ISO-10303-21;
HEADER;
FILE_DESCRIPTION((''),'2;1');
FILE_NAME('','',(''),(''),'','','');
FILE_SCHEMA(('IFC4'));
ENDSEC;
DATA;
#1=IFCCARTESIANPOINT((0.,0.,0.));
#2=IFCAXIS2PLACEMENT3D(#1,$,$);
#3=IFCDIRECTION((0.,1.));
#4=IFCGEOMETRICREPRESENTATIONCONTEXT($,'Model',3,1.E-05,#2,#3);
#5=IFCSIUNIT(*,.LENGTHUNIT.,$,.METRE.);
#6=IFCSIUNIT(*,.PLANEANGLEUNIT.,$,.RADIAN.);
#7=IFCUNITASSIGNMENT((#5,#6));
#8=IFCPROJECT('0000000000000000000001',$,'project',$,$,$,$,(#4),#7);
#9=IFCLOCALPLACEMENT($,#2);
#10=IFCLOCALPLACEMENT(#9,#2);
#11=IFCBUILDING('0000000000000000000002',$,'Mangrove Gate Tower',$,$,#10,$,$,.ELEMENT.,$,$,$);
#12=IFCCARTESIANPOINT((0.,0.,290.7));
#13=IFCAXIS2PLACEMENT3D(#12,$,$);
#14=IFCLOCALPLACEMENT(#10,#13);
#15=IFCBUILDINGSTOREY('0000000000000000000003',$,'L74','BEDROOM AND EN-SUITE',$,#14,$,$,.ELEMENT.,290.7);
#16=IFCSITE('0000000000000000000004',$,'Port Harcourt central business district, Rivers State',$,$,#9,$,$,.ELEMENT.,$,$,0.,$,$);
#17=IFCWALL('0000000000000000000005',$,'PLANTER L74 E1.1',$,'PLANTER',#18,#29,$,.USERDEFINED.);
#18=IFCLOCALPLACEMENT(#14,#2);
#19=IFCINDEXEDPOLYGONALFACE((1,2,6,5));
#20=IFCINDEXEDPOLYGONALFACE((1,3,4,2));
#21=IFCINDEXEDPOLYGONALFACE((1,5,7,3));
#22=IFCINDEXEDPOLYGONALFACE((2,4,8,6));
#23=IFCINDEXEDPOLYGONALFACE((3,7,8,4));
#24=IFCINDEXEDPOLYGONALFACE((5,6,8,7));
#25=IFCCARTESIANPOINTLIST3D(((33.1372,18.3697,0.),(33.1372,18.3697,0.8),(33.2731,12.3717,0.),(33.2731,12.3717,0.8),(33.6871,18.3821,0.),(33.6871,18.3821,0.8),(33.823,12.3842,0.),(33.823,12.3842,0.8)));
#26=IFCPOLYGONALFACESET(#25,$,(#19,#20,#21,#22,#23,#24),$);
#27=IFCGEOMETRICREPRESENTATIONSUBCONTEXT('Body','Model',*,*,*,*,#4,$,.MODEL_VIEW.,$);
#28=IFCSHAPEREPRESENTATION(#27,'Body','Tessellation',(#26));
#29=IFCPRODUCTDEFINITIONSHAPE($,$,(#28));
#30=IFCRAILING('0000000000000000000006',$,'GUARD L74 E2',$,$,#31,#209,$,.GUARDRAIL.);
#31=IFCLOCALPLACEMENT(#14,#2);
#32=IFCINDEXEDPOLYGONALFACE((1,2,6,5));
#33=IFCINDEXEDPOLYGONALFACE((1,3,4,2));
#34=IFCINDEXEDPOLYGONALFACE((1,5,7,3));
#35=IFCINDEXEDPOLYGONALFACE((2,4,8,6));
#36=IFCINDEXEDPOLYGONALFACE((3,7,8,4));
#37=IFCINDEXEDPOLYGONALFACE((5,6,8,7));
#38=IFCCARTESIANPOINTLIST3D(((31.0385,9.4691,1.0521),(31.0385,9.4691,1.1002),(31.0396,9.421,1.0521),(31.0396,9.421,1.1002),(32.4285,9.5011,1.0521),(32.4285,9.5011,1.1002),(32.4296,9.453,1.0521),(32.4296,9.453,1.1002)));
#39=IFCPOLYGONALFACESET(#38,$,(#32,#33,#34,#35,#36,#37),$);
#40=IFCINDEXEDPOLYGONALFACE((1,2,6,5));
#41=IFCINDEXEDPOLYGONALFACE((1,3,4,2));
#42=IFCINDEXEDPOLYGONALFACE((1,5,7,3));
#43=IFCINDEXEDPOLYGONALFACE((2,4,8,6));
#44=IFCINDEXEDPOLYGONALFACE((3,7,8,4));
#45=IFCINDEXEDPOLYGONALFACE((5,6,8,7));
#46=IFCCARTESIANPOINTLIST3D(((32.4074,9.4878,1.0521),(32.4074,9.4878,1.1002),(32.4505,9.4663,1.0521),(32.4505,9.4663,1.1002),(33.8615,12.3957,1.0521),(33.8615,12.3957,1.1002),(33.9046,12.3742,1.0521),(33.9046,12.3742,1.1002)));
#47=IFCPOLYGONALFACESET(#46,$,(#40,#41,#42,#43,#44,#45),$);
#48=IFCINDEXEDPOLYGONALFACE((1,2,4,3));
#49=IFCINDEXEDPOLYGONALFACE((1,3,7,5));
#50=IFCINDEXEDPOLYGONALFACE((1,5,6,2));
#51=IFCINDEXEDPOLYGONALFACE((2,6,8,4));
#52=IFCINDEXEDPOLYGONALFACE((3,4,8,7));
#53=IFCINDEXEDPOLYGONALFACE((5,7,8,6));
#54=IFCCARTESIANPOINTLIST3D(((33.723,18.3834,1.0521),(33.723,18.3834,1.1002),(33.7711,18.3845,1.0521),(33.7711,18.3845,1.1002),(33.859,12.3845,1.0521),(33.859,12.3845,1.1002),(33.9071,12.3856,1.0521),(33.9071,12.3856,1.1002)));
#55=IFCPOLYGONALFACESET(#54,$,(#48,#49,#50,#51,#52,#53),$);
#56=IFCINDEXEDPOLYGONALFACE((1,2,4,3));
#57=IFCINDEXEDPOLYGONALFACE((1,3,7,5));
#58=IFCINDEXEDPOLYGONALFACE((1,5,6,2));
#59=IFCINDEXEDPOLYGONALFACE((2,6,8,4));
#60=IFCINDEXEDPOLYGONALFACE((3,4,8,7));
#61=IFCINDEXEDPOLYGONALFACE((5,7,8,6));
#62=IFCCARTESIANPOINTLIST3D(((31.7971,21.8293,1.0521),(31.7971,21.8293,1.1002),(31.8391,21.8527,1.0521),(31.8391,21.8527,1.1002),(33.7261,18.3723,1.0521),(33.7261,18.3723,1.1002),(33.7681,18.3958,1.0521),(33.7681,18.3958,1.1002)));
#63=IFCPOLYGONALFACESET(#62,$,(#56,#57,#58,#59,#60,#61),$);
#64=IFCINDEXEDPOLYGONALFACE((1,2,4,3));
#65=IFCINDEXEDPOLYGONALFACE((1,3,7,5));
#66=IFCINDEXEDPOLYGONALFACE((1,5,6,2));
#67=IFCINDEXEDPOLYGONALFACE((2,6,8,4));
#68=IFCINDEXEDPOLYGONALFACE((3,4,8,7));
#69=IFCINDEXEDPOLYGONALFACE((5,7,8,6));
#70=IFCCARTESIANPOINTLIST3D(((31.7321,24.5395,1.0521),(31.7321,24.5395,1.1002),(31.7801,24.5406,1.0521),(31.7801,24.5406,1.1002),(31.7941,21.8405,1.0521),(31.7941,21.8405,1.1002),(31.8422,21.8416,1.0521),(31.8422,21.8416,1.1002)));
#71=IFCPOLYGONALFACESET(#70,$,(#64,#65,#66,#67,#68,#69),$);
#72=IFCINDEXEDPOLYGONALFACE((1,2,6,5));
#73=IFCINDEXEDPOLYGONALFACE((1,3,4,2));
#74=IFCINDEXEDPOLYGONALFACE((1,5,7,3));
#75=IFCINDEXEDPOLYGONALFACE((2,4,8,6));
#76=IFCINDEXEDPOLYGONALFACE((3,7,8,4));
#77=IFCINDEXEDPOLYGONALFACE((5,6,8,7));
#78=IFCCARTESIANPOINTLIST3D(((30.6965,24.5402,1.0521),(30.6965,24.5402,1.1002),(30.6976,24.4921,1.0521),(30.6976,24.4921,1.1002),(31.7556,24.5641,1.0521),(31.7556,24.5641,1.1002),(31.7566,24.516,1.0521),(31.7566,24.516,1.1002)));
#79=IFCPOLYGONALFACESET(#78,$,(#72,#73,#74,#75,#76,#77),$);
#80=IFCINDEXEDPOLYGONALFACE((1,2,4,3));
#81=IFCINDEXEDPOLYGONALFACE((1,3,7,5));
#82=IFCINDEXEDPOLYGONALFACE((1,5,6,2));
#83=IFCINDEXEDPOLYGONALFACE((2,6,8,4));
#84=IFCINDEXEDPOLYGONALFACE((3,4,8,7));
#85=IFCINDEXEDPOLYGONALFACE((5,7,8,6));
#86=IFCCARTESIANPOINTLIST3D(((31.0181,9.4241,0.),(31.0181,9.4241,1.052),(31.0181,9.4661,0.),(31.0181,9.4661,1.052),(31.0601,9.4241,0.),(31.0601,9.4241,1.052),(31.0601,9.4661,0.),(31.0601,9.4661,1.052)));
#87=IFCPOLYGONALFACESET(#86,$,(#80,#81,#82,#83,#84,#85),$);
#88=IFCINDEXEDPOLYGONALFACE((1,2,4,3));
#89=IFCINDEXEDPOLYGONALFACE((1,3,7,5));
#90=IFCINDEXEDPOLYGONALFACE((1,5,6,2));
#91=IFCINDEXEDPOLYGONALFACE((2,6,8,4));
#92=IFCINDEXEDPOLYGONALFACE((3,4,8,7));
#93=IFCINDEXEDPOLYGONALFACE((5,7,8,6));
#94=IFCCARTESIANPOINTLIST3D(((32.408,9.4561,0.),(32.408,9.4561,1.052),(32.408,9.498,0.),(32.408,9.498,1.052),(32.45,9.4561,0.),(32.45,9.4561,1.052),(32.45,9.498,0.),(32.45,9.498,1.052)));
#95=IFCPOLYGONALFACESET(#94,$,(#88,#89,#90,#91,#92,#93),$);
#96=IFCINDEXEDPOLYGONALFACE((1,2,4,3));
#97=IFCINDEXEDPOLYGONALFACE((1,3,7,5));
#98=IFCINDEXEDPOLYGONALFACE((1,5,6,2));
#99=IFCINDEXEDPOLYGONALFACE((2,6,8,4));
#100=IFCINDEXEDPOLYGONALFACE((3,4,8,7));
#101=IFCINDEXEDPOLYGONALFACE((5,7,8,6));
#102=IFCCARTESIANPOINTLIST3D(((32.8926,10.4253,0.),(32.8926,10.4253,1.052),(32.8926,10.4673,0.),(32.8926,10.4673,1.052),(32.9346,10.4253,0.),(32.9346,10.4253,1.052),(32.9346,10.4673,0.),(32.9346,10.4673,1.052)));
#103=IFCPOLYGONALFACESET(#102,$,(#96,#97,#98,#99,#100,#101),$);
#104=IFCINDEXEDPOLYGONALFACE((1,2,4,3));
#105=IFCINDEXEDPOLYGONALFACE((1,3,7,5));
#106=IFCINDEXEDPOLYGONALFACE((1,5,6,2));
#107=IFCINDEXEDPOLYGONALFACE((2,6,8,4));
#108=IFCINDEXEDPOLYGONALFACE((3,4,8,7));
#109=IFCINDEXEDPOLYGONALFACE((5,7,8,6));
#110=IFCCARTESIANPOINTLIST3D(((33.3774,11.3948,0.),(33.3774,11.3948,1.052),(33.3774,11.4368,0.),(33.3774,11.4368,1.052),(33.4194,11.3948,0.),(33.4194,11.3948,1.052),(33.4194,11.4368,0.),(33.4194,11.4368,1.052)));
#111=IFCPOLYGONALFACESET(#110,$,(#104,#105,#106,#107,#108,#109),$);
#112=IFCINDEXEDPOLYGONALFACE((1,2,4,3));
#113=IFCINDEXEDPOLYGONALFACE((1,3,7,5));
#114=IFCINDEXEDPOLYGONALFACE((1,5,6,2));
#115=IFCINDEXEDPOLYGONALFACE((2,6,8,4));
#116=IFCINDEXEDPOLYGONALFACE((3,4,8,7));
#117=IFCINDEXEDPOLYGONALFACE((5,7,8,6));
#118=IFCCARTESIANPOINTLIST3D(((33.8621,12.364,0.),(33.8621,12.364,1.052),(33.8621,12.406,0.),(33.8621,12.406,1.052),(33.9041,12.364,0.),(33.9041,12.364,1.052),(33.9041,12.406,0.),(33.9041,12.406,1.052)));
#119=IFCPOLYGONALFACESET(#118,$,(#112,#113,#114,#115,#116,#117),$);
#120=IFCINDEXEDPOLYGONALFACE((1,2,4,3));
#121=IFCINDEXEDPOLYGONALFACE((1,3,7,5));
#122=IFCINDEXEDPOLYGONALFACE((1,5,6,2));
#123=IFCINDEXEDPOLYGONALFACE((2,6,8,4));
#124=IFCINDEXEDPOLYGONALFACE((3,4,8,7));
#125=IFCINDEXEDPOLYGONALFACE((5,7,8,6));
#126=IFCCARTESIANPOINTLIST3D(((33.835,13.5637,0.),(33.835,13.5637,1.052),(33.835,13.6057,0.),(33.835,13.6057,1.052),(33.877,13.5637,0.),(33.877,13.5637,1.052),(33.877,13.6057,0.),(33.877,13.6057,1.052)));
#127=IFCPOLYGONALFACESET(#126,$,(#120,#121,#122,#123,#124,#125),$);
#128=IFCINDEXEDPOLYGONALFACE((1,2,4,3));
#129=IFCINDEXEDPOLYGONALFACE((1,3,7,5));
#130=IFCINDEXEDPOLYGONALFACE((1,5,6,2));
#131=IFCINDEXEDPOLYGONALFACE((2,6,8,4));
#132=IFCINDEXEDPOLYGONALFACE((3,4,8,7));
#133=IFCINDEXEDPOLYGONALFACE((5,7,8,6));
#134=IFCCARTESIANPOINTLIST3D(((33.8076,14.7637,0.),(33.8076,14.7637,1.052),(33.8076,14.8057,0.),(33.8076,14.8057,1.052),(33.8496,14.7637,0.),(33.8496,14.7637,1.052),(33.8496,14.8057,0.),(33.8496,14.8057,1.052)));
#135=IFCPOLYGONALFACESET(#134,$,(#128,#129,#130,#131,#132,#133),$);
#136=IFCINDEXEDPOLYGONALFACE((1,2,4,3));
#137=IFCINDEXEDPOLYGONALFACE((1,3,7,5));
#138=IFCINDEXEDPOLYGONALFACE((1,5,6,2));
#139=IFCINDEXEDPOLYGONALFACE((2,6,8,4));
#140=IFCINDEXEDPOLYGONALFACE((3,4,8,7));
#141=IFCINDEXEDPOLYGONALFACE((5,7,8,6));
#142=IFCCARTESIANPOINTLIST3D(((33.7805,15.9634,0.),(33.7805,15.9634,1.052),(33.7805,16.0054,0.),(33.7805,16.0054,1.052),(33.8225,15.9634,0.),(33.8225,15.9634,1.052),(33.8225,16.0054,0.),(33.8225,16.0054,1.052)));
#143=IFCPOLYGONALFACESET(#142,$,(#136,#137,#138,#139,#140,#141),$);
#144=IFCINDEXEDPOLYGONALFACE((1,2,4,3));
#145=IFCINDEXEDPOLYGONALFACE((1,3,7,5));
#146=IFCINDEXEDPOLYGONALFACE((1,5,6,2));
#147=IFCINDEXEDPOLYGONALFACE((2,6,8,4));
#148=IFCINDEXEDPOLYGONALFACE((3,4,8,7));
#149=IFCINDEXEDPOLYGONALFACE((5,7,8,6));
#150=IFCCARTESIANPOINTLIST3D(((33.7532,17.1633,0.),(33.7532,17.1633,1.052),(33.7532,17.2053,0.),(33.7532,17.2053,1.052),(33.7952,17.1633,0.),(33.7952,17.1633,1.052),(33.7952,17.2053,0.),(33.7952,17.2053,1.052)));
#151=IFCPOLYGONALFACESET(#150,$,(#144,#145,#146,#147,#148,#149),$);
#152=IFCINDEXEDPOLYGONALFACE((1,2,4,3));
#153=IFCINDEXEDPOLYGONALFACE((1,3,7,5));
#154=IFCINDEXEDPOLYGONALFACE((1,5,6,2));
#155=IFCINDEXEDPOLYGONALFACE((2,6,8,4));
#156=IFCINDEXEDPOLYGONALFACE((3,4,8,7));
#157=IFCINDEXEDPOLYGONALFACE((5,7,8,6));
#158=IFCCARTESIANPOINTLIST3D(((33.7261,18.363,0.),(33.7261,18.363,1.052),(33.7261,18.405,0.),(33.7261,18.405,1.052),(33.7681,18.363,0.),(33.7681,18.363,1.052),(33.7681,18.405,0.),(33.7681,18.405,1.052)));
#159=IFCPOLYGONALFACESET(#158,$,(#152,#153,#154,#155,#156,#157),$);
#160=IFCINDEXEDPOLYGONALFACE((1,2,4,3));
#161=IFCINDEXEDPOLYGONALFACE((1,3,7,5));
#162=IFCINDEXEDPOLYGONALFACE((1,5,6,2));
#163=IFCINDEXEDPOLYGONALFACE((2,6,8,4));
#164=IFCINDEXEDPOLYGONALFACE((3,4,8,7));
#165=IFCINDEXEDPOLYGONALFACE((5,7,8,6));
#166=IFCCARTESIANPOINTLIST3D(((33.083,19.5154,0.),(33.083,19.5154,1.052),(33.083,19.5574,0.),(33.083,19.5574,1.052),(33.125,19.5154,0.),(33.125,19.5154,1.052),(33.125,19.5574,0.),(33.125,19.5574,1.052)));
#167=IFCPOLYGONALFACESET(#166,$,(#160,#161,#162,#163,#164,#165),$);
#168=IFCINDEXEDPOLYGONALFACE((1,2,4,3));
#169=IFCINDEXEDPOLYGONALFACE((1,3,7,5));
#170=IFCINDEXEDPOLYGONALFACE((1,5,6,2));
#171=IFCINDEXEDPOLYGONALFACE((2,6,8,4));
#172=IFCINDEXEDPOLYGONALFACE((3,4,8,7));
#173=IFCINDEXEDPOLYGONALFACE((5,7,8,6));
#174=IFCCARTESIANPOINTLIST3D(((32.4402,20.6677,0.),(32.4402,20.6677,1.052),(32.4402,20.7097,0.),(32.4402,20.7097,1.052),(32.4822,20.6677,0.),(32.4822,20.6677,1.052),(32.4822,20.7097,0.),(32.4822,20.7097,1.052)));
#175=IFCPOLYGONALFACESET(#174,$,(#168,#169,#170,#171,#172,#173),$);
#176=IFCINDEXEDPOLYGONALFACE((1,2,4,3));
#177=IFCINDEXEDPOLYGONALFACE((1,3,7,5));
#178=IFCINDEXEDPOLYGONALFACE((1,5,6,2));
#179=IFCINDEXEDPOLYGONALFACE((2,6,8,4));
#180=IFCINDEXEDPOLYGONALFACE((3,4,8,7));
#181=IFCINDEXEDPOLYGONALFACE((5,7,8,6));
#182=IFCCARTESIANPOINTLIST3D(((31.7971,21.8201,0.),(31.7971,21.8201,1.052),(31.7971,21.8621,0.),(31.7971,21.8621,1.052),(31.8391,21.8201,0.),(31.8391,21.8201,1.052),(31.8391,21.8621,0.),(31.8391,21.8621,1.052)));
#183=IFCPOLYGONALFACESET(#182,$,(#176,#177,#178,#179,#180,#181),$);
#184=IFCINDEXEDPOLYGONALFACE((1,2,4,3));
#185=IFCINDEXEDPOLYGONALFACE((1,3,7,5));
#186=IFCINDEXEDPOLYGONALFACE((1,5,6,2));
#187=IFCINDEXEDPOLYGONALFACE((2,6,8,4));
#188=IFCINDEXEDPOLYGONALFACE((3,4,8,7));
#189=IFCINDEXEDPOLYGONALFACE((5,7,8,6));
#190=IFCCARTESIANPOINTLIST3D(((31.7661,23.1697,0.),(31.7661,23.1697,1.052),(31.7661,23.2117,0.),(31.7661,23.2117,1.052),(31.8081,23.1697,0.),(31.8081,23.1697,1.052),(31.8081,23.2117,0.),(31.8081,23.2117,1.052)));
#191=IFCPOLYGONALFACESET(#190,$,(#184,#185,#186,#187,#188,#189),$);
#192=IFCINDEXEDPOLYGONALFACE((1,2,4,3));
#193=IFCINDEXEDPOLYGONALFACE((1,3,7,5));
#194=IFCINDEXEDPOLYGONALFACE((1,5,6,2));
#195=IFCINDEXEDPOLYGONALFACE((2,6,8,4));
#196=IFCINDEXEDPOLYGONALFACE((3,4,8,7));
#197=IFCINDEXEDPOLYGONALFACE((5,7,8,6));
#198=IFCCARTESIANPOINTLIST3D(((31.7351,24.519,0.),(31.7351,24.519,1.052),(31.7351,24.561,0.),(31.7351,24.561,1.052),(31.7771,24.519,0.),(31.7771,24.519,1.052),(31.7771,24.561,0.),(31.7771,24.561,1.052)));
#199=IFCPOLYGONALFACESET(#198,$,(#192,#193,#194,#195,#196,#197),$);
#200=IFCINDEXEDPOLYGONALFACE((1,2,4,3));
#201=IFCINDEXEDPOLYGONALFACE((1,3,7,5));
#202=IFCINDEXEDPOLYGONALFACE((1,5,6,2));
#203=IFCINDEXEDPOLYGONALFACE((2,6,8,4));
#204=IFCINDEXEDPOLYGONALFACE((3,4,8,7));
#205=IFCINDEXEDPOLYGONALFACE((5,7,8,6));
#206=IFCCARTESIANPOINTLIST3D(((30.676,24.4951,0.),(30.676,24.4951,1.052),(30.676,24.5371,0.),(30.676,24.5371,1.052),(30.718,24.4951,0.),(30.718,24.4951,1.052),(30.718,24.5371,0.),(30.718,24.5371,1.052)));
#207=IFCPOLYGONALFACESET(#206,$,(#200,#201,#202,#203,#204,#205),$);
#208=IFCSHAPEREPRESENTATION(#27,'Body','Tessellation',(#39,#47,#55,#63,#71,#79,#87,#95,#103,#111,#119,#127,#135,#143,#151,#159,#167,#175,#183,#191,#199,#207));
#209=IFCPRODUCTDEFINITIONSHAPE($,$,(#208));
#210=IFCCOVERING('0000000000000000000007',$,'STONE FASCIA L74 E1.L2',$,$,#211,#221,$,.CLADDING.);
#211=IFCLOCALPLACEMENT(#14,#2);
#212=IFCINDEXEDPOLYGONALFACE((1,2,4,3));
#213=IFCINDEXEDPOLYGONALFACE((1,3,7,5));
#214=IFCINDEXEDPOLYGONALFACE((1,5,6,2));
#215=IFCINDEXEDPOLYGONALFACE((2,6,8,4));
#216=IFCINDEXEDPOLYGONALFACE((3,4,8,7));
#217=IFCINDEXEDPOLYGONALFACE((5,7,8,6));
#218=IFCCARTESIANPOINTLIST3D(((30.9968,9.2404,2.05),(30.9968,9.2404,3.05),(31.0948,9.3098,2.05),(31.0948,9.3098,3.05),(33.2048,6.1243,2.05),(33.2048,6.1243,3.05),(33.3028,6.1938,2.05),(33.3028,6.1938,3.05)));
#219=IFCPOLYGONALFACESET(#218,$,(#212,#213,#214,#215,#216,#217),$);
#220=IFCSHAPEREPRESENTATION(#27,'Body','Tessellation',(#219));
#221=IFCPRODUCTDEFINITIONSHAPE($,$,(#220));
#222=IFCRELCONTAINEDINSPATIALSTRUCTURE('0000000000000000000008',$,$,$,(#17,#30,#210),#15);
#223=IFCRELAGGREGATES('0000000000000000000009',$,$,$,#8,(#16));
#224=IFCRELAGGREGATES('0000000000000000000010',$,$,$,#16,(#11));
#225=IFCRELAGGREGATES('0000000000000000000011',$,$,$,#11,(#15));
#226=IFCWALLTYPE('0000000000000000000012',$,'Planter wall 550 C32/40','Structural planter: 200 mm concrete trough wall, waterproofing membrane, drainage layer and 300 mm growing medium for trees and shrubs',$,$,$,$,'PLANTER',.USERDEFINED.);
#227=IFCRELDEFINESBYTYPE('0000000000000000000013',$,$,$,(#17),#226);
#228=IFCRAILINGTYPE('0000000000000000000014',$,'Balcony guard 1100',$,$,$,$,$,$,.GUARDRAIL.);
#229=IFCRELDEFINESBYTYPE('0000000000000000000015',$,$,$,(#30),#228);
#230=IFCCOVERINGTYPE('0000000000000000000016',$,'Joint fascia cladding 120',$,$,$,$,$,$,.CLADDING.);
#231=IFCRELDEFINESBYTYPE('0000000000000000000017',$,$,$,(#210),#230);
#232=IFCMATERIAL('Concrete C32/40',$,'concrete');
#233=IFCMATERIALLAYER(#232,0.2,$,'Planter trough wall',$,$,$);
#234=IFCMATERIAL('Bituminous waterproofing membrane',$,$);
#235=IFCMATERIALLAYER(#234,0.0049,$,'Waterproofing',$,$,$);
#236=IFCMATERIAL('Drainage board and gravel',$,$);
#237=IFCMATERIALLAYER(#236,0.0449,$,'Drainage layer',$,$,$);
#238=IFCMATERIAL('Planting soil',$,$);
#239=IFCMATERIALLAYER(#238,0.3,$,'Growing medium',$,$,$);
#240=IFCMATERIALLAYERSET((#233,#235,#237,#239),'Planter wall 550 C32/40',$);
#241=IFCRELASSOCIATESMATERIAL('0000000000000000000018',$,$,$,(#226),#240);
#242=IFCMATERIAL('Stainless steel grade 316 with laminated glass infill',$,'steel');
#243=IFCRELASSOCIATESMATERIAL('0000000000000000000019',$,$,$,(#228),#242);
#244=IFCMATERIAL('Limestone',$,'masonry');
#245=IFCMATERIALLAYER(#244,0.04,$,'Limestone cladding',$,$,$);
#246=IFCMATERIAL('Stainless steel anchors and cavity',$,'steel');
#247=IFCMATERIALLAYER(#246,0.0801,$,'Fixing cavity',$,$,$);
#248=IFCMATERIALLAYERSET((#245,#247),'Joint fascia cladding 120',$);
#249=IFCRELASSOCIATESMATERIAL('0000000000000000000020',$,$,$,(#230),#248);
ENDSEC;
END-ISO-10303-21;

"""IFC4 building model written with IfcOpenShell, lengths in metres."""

from ifc_helpers import new_model, si_unit, direction, frame, frame_2d, origin, origin_2d, place, context, subcontext, project, spatial, rectangle, extrude, material, layer, layer_set, type_object, element, save


model = new_model("IFC4")

# Units and contexts
model_context = context("Model", 3, precision=1e-05, world=origin(), true_north=direction((0.0, 1.0)))
body_context = subcontext(model_context, "Body", "Model", "MODEL_VIEW")
ifc_project = project(units=[si_unit("LENGTHUNIT", "METRE"), si_unit("PLANEANGLEUNIT", "RADIAN")], contexts=[model_context])

# Site, building, storey
site_placement = place(None, origin())
site = spatial("IfcSite", under=ifc_project, at=site_placement, Name="Port Harcourt central business district, Rivers State", CompositionType="ELEMENT", RefElevation=0.0)
building_placement = place(site_placement, origin())
building = spatial("IfcBuilding", under=site, at=building_placement, Name="Mangrove Gate Tower", CompositionType="ELEMENT")
storey_placement = place(building_placement, frame((0.0, 0.0, 290.7)))
storey = spatial("IfcBuildingStorey", under=building, at=storey_placement, Name="L74", Description="BEDROOM AND EN-SUITE", CompositionType="ELEMENT", Elevation=290.7)

# Shared definitions
ifc_material_1 = material(Name="Limestone", Category="masonry")

# Wall
ifc_material_2 = material(Name="Concrete C32/40", Category="concrete")
ifc_layer_1 = layer(ifc_material_2, 0.2, Name="Planter trough wall")
ifc_material_3 = material(Name="Bituminous waterproofing membrane")
ifc_layer_2 = layer(ifc_material_3, 0.0049, Name="Waterproofing")
ifc_material_4 = material(Name="Drainage board and gravel")
ifc_layer_3 = layer(ifc_material_4, 0.0449, Name="Drainage layer")
ifc_material_5 = material(Name="Planting soil")
ifc_layer_4 = layer(ifc_material_5, 0.3, Name="Growing medium")
ifc_layer_set_1 = layer_set([ifc_layer_1, ifc_layer_2, ifc_layer_3, ifc_layer_4], Name="Planter wall 550 C32/40")
wall_type_1 = type_object("IfcWallType", Name="Planter wall 550 C32/40", Description="Structural planter: 200 mm concrete trough wall, waterproofing membrane, drainage layer and 300 mm growing medium for trees and shrubs", ElementType="PLANTER", PredefinedType="USERDEFINED", material=ifc_layer_set_1)
wall_1_placement = place(storey_placement, frame((33.5481, 12.3779, 0.0), z_axis=(0.0, 0.0, 1.0), x_axis=(-0.022666, 0.999743, 0.0)))
element("IfcWall", 1, at=wall_1_placement, inside=storey, type_object=wall_type_1, Name="PLANTER L74 E1.1", ObjectType="PLANTER", PredefinedType="USERDEFINED", context=body_context, shape_type="SweptSolid", body=[
    extrude(rectangle(XDim=5.9995, YDim=0.55, at=frame_2d((2.9998, 0.0))), origin(), (0.0, 0.0, 1.0), 0.8),
])

# Railing
ifc_material_6 = material(Name="Stainless steel grade 316 with laminated glass infill", Category="steel")
railing_type = type_object("IfcRailingType", Name="Balcony guard 1100", PredefinedType="GUARDRAIL", material=ifc_material_6)
railing_placement = place(storey_placement, frame((31.0391, 9.4451, 0.0)))
element("IfcRailing", 2, at=railing_placement, inside=storey, type_object=railing_type, Name="GUARD L74 E2", PredefinedType="GUARDRAIL", context=body_context, shape_type="SweptSolid", body=[
    extrude(rectangle(XDim=0.0481, YDim=0.0481, at=origin_2d()), frame((0.0, 0.0, 1.0762), z_axis=(0.999735, 0.023005, 0.0), x_axis=(-0.023005, 0.999735, 0.0)), (0.0, 0.0, 1.0), 1.3904),
    extrude(rectangle(XDim=0.0481, YDim=0.0481, at=origin_2d()), frame((1.3899, 0.032, 1.0762), z_axis=(0.447244, 0.894412, 0.0), x_axis=(-0.894412, 0.447244, 0.0)), (0.0, 0.0, 1.0), 3.2512),
    extrude(rectangle(XDim=0.0481, YDim=0.0481, at=origin_2d()), frame((2.844, 2.9399, 1.0762), z_axis=(-0.022662, 0.999743, 0.0), x_axis=(-0.999743, -0.022662, 0.0)), (0.0, 0.0, 1.0), 6.0005),
    extrude(rectangle(XDim=0.0481, YDim=0.0481, at=origin_2d()), frame((2.708, 8.939, 1.0762), z_axis=(-0.48726, 0.873257, 0.0), x_axis=(-0.873257, -0.48726, 0.0)), (0.0, 0.0, 1.0), 3.9587),
    extrude(rectangle(XDim=0.0481, YDim=0.0481, at=origin_2d()), frame((0.7791, 12.396, 1.0762), z_axis=(-0.02297, 0.999736, 0.0), x_axis=(-0.999736, -0.02297, 0.0)), (0.0, 0.0, 1.0), 2.6997),
    extrude(rectangle(XDim=0.0481, YDim=0.0481, at=origin_2d()), frame((0.717, 15.095, 1.0762), z_axis=(-0.999745, -0.022585, 0.0), x_axis=(0.022585, -0.999745, 0.0)), (0.0, 0.0, 1.0), 1.0593),
    extrude(rectangle(XDim=0.042, YDim=0.042, at=origin_2d()), origin(), (0.0, 0.0, 1.0), 1.052),
    extrude(rectangle(XDim=0.042, YDim=0.042, at=origin_2d()), frame((1.3899, 0.032, 0.0)), (0.0, 0.0, 1.0), 1.052),
    extrude(rectangle(XDim=0.042, YDim=0.042, at=origin_2d()), frame((1.8745, 1.0012, 0.0)), (0.0, 0.0, 1.0), 1.052),
    extrude(rectangle(XDim=0.042, YDim=0.042, at=origin_2d()), frame((2.3594, 1.9707, 0.0)), (0.0, 0.0, 1.0), 1.052),
    extrude(rectangle(XDim=0.042, YDim=0.042, at=origin_2d()), frame((2.844, 2.9399, 0.0)), (0.0, 0.0, 1.0), 1.052),
    extrude(rectangle(XDim=0.042, YDim=0.042, at=origin_2d()), frame((2.8169, 4.1396, 0.0)), (0.0, 0.0, 1.0), 1.052),
    extrude(rectangle(XDim=0.042, YDim=0.042, at=origin_2d()), frame((2.7896, 5.3396, 0.0)), (0.0, 0.0, 1.0), 1.052),
    extrude(rectangle(XDim=0.042, YDim=0.042, at=origin_2d()), frame((2.7625, 6.5393, 0.0)), (0.0, 0.0, 1.0), 1.052),
    extrude(rectangle(XDim=0.042, YDim=0.042, at=origin_2d()), frame((2.7351, 7.7393, 0.0)), (0.0, 0.0, 1.0), 1.052),
    extrude(rectangle(XDim=0.042, YDim=0.042, at=origin_2d()), frame((2.708, 8.939, 0.0)), (0.0, 0.0, 1.0), 1.052),
    extrude(rectangle(XDim=0.042, YDim=0.042, at=origin_2d()), frame((2.0649, 10.0913, 0.0)), (0.0, 0.0, 1.0), 1.052),
    extrude(rectangle(XDim=0.042, YDim=0.042, at=origin_2d()), frame((1.4221, 11.2437, 0.0)), (0.0, 0.0, 1.0), 1.052),
    extrude(rectangle(XDim=0.042, YDim=0.042, at=origin_2d()), frame((0.7791, 12.396, 0.0)), (0.0, 0.0, 1.0), 1.052),
    extrude(rectangle(XDim=0.042, YDim=0.042, at=origin_2d()), frame((0.748, 13.7456, 0.0)), (0.0, 0.0, 1.0), 1.052),
    extrude(rectangle(XDim=0.042, YDim=0.042, at=origin_2d()), frame((0.717, 15.095, 0.0)), (0.0, 0.0, 1.0), 1.052),
    extrude(rectangle(XDim=0.042, YDim=0.042, at=origin_2d()), frame((-0.342, 15.071, 0.0)), (0.0, 0.0, 1.0), 1.052),
])

# Covering
ifc_layer_5 = layer(ifc_material_1, 0.04, Name="Limestone cladding")
ifc_material_7 = material(Name="Stainless steel anchors and cavity", Category="steel")
ifc_layer_6 = layer(ifc_material_7, 0.0801, Name="Fixing cavity")
ifc_layer_set_2 = layer_set([ifc_layer_5, ifc_layer_6], Name="Joint fascia cladding 120")
covering_type = type_object("IfcCoveringType", Name="Joint fascia cladding 120", PredefinedType="CLADDING", material=ifc_layer_set_2)
covering_placement = place(storey_placement, frame((33.2539, 6.1589, 2.05), z_axis=(0.0, 0.0, 1.0), x_axis=(-0.578168, 0.815918, 0.0)))
element("IfcCovering", 3, at=covering_placement, inside=storey, type_object=covering_type, Name="STONE FASCIA L74 E1.L2", PredefinedType="CLADDING", context=body_context, shape_type="SweptSolid", body=[
    extrude(rectangle(XDim=3.8191, YDim=0.1201, at=frame_2d((1.9097, 0.0))), origin(), (0.0, 0.0, 1.0), 1.0),
])

save(model, "model.ifc")
